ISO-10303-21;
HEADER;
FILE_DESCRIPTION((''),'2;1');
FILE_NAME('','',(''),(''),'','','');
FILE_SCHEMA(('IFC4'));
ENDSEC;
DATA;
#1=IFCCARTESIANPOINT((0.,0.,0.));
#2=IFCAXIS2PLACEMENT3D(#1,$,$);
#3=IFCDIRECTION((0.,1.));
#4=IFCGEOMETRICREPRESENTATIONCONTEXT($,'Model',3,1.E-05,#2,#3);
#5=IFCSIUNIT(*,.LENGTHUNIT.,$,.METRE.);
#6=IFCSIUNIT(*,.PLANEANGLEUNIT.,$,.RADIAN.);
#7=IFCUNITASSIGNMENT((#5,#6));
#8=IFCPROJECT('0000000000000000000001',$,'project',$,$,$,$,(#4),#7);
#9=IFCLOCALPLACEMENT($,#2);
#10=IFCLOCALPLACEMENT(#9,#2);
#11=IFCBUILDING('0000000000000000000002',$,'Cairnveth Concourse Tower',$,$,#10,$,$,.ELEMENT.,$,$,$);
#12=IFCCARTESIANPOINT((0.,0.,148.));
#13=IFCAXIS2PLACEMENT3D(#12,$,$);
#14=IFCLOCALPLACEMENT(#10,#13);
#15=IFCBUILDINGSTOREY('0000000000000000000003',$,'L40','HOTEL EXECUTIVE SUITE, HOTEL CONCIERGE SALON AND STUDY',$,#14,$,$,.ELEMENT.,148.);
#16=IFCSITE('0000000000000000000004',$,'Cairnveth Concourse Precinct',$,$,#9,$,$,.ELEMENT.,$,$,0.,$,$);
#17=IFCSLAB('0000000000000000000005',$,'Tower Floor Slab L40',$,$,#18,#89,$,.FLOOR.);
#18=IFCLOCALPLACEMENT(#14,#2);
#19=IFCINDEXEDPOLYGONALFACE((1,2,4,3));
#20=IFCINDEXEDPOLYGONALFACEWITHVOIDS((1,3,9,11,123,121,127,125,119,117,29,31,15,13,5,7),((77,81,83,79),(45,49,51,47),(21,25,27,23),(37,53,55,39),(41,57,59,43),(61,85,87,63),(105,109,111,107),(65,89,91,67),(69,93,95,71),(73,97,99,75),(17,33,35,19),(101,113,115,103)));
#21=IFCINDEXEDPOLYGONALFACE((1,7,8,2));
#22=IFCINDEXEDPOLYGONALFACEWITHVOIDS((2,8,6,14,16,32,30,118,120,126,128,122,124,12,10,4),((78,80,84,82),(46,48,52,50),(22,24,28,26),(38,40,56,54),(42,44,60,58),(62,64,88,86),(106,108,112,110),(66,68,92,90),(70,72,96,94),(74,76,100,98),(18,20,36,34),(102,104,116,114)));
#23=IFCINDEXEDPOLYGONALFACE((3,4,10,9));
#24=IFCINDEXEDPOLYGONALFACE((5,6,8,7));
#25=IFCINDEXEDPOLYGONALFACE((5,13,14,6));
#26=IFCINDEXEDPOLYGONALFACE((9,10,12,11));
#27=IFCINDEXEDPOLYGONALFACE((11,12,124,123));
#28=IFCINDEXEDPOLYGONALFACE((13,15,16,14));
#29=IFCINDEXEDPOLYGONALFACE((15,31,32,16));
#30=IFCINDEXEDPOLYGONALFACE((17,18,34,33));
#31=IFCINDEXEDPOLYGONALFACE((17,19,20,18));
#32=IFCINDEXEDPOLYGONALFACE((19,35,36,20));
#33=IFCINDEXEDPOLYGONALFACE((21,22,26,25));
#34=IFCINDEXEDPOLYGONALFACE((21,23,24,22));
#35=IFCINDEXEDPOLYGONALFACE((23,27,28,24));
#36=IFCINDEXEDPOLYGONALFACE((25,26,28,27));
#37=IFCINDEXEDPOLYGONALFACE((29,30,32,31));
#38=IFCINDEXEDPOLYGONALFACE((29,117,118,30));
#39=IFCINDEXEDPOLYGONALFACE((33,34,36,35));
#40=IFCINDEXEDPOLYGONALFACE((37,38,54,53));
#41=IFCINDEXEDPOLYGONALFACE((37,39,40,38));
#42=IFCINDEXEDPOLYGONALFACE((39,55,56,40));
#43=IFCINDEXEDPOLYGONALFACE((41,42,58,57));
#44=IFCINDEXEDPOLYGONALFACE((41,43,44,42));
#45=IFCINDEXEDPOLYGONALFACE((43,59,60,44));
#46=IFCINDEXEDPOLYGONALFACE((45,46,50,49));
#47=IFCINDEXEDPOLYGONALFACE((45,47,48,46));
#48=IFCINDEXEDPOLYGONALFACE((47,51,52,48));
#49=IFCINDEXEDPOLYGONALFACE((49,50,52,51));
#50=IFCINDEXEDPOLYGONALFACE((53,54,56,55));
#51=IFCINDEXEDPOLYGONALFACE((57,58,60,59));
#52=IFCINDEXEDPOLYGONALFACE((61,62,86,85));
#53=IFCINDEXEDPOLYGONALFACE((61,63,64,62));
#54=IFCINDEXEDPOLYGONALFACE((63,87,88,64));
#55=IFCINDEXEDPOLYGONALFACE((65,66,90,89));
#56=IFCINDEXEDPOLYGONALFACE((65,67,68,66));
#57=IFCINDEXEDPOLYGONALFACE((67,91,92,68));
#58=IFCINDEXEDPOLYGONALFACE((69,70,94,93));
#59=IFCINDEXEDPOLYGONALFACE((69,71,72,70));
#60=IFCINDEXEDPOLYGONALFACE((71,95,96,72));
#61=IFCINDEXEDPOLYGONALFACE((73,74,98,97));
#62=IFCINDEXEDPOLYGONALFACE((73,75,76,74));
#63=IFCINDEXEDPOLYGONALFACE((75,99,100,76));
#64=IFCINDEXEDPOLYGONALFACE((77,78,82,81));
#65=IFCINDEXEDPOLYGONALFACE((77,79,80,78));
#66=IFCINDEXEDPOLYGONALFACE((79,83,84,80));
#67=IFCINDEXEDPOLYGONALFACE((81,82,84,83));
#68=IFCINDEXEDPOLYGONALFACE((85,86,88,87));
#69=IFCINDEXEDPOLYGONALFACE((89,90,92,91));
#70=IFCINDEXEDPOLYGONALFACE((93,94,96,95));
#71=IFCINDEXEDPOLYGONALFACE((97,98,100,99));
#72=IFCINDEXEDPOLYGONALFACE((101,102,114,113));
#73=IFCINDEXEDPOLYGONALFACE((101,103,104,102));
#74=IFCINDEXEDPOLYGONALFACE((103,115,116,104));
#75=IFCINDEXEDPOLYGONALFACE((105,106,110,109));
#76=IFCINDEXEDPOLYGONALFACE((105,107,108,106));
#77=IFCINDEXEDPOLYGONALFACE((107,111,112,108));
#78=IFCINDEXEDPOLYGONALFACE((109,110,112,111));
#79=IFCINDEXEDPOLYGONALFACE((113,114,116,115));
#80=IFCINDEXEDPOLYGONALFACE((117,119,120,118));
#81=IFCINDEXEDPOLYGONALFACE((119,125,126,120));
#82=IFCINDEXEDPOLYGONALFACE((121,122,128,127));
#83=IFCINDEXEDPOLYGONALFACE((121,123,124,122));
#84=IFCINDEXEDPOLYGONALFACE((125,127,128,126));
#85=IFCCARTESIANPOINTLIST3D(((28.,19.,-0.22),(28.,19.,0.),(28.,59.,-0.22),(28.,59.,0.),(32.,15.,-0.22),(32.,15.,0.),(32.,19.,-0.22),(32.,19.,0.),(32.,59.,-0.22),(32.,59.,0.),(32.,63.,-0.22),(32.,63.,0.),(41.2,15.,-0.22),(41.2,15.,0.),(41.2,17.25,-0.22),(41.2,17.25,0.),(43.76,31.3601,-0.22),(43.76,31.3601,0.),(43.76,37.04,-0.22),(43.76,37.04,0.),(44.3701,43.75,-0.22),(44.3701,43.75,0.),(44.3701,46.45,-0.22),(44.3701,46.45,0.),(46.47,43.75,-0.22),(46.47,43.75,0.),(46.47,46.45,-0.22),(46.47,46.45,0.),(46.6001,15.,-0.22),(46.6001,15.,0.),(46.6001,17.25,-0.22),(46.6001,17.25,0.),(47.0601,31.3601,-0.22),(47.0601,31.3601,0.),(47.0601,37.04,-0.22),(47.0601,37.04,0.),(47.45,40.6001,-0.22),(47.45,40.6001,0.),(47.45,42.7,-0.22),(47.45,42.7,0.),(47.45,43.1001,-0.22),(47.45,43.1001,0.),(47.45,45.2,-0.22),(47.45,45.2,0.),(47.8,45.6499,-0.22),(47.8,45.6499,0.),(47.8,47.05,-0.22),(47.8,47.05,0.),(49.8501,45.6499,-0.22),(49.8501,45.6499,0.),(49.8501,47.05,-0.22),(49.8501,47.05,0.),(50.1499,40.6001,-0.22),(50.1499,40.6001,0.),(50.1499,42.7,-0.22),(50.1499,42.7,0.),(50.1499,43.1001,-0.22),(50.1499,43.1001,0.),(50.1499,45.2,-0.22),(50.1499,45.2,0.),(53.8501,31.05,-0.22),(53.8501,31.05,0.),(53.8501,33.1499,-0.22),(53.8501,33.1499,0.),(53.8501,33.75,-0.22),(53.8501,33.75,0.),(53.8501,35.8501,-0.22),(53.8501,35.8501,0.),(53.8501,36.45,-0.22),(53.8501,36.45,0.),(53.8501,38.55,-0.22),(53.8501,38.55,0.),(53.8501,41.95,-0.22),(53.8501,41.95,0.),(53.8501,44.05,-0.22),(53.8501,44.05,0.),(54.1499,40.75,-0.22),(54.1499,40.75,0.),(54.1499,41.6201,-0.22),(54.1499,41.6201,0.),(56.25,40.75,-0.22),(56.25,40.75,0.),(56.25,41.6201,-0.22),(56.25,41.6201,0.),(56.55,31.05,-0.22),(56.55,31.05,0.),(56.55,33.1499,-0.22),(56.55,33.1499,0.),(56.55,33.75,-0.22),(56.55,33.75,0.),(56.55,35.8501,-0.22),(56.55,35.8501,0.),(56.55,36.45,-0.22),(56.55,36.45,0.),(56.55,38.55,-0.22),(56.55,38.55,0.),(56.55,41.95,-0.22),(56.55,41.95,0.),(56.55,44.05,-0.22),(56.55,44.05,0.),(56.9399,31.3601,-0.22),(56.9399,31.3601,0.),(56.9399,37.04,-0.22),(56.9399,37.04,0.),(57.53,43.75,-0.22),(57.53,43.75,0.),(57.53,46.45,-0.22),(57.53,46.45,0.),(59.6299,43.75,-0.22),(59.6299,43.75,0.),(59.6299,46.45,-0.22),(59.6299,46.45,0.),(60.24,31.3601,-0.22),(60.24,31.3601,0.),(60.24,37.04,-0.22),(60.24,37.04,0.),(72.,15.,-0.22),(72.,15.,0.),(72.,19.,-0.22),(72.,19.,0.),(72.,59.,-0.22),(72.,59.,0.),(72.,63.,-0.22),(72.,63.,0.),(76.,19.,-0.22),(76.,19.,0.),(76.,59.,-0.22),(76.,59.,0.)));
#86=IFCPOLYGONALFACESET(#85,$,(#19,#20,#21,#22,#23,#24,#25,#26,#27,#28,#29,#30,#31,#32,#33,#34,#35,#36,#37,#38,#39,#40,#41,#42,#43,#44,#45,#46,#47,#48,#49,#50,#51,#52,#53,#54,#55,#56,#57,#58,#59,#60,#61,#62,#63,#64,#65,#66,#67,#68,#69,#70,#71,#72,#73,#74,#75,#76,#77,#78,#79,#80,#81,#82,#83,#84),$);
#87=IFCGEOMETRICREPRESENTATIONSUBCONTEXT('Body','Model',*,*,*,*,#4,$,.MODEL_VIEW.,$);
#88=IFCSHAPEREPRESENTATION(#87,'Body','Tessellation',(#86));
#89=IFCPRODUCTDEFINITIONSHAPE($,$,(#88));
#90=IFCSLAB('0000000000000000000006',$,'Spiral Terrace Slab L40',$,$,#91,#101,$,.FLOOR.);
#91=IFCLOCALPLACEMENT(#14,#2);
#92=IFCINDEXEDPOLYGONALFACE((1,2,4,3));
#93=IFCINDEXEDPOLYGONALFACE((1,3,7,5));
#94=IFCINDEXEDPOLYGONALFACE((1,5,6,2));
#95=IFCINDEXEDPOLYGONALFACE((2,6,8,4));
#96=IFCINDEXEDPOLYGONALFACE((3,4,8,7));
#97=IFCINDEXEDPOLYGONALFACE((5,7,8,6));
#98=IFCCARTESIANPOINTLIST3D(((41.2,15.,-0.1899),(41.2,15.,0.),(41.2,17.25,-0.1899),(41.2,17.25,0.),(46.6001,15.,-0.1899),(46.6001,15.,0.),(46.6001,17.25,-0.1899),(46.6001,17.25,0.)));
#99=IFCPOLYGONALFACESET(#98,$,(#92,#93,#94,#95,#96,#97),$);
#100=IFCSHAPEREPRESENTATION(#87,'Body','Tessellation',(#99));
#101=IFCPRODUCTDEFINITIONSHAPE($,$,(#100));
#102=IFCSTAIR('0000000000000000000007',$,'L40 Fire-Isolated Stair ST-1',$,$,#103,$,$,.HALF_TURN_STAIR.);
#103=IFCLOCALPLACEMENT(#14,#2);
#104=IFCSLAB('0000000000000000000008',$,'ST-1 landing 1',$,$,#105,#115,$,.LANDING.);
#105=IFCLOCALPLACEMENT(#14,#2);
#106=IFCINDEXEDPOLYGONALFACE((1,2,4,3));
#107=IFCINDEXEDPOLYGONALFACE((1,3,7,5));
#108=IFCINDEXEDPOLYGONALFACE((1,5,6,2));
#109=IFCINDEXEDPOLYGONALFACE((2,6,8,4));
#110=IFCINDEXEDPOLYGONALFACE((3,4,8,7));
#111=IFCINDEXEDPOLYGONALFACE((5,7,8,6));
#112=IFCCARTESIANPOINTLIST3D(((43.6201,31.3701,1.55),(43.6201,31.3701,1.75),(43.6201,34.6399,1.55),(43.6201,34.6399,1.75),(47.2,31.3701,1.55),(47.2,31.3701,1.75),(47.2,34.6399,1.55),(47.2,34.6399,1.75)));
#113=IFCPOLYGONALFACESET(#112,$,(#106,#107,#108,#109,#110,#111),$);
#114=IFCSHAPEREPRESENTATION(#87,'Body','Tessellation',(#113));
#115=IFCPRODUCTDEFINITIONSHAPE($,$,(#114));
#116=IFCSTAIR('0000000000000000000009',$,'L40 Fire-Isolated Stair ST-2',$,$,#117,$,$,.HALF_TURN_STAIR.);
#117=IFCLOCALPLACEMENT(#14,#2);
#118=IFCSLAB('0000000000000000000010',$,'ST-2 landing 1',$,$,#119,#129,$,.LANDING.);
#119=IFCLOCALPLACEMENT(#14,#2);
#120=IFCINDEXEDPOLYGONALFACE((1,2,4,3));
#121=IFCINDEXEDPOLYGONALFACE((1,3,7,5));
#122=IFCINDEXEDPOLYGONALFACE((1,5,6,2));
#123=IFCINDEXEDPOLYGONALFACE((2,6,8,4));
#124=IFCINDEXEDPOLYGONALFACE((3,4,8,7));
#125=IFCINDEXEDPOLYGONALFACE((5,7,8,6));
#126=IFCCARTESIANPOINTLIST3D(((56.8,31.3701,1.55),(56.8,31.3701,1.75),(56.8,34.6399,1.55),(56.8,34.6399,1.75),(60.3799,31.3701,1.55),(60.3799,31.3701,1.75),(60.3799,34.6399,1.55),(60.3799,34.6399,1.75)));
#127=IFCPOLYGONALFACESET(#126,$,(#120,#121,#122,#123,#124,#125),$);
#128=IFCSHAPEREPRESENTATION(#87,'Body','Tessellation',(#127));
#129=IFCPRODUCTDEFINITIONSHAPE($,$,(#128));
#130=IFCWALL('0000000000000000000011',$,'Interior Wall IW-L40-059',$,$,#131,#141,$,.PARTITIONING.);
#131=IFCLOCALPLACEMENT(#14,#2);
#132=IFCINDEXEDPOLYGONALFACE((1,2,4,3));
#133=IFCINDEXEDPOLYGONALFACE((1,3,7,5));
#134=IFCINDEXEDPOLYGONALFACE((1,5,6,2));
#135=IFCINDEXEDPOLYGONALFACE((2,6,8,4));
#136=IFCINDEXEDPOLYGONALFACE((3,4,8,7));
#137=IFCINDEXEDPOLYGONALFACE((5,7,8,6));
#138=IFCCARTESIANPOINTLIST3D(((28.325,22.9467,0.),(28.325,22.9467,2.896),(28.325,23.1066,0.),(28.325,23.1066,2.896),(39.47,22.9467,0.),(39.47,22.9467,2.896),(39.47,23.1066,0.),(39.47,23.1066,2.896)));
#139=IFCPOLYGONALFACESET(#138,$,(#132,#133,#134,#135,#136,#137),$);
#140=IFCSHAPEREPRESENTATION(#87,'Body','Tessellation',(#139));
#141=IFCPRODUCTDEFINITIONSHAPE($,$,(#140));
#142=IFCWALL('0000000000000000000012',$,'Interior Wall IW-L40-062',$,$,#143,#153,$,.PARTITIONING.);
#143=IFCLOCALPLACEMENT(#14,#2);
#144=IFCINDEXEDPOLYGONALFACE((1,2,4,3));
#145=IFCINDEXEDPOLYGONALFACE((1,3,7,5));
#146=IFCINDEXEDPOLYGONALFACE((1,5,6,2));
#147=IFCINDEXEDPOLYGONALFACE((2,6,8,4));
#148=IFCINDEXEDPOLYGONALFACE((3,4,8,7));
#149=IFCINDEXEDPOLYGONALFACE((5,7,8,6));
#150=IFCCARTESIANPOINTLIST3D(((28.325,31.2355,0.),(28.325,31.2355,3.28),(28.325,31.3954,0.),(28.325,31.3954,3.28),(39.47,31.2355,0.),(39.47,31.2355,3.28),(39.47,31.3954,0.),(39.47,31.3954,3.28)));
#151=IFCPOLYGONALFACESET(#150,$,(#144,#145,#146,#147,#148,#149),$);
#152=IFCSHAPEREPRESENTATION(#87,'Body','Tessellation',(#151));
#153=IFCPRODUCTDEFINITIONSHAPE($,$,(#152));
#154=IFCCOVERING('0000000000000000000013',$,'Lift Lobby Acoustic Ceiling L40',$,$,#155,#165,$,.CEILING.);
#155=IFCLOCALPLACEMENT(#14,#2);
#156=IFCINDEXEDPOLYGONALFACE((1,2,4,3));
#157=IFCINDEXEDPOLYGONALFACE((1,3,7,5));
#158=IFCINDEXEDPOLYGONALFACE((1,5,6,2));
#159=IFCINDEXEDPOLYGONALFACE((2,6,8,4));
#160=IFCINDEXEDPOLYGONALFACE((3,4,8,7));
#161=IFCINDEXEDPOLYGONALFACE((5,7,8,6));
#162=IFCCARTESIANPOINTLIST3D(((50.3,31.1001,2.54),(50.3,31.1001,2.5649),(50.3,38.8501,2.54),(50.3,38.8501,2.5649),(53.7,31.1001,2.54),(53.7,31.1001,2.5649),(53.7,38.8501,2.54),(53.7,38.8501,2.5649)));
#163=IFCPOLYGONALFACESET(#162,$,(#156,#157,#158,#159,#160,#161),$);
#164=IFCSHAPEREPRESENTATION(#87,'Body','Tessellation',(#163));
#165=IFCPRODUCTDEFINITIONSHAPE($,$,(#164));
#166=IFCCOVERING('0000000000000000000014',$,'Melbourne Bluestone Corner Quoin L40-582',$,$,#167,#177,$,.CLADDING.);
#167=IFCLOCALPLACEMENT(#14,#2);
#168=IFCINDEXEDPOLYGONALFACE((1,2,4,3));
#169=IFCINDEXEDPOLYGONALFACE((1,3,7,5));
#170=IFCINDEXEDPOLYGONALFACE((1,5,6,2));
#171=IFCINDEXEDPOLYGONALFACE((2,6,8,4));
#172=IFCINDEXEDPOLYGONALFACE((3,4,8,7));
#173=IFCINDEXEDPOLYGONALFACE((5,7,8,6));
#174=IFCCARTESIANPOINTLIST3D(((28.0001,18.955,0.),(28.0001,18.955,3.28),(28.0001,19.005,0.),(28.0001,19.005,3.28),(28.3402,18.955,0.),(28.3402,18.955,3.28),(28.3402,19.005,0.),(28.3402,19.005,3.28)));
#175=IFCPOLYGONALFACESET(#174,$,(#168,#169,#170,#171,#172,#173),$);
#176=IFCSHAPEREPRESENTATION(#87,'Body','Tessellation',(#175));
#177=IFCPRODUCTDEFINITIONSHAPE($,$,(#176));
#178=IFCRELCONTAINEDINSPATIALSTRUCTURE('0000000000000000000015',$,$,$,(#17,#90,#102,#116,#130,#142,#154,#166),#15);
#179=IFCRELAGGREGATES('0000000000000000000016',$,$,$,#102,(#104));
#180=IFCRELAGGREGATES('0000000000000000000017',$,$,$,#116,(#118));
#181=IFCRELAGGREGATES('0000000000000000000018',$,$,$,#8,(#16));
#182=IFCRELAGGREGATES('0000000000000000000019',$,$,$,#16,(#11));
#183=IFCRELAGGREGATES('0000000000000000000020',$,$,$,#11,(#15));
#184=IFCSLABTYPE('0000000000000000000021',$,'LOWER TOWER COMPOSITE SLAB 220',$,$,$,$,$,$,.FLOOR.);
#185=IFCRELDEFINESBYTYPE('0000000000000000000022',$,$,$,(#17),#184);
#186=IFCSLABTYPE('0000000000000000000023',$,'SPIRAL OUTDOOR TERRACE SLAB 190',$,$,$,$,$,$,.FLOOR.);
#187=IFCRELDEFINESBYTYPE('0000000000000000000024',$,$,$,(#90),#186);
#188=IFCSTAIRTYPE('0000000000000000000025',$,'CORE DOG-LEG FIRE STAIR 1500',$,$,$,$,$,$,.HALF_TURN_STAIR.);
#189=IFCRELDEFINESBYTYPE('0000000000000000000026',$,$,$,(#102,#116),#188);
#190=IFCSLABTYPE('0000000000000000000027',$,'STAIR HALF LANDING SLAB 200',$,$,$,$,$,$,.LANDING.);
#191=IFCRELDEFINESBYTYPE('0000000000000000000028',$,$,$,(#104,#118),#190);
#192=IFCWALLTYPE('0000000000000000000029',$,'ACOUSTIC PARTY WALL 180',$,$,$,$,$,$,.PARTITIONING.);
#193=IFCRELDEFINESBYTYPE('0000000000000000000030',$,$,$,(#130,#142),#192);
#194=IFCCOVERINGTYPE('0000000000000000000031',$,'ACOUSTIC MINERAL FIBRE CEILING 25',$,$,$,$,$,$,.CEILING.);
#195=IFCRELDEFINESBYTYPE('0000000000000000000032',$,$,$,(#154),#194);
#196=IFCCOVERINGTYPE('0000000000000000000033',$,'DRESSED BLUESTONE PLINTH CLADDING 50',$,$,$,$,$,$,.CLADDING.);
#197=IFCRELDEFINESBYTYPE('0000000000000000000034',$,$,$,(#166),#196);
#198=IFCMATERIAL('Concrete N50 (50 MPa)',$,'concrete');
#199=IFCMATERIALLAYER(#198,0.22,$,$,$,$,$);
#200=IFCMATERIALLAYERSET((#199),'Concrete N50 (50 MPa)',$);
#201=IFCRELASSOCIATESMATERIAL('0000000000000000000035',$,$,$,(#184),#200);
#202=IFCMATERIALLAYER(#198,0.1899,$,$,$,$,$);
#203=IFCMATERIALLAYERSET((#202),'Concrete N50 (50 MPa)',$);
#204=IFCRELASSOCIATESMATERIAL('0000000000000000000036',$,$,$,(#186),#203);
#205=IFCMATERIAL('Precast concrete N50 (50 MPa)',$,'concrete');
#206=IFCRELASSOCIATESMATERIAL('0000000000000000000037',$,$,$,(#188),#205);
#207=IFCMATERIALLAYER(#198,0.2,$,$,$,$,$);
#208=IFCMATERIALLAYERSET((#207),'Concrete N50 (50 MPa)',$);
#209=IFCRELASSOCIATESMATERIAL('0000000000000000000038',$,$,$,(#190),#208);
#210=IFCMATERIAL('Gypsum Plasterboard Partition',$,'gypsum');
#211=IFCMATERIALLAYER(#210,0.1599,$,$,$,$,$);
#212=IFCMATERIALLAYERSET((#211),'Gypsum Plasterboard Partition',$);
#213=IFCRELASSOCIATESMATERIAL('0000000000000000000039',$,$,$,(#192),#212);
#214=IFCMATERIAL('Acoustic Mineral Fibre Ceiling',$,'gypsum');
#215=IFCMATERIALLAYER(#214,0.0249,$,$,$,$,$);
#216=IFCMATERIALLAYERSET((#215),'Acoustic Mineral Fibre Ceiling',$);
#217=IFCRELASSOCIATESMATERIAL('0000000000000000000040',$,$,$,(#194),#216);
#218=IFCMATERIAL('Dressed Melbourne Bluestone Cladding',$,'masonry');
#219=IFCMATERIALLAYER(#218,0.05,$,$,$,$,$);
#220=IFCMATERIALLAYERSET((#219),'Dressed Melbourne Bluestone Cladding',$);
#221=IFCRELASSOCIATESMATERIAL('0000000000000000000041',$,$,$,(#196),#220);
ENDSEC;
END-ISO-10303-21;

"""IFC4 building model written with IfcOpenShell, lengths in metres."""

from ifc_helpers import new_model, si_unit, direction, frame, frame_2d, origin, place, context, subcontext, project, spatial, polyline, rectangle, outline, extrude, material, layer, layer_set, type_object, element, aggregate, save


model = new_model("IFC4")

# Units and contexts
model_context = context("Model", 3, precision=1e-05, world=origin(), true_north=direction((0.0, 1.0)))
body_context = subcontext(model_context, "Body", "Model", "MODEL_VIEW")
ifc_project = project(units=[si_unit("LENGTHUNIT", "METRE"), si_unit("PLANEANGLEUNIT", "RADIAN")], contexts=[model_context])

# Site, building, storey
site_placement = place(None, origin())
site = spatial("IfcSite", under=ifc_project, at=site_placement, Name="Cairnveth Concourse Precinct", CompositionType="ELEMENT", RefElevation=0.0)
building_placement = place(site_placement, origin())
building = spatial("IfcBuilding", under=site, at=building_placement, Name="Cairnveth Concourse Tower", CompositionType="ELEMENT")
storey_placement = place(building_placement, frame((0.0, 0.0, 148.0)))
storey = spatial("IfcBuildingStorey", under=building, at=storey_placement, Name="L40", Description="HOTEL EXECUTIVE SUITE, HOTEL CONCIERGE SALON AND STUDY", CompositionType="ELEMENT", Elevation=148.0)

# Slabs
ifc_material_1 = material(Name="Concrete N50 (50 MPa)", Category="concrete")
ifc_layer_1 = layer(ifc_material_1, 0.22)
ifc_layer_set_1 = layer_set([ifc_layer_1], Name="Concrete N50 (50 MPa)")
slab_type_1 = type_object("IfcSlabType", Name="LOWER TOWER COMPOSITE SLAB 220", PredefinedType="FLOOR", material=ifc_layer_set_1)
slab_1_placement = place(storey_placement, frame((0.0, 0.0, -0.22)))
element("IfcSlab", 1, at=slab_1_placement, inside=storey, type_object=slab_type_1, Name="Tower Floor Slab L40", PredefinedType="FLOOR", context=body_context, shape_type="SweptSolid", body=[
    extrude(outline(polyline([(41.2, 15.0), (41.2, 17.25), (46.6001, 17.25), (46.6001, 15.0), (72.0, 15.0), (72.0, 19.0), (76.0, 19.0), (76.0, 59.0), (72.0, 59.0), (72.0, 63.0), (32.0, 63.0), (32.0, 59.0), (28.0, 59.0), (28.0, 19.0), (32.0, 19.0), (32.0, 15.0), (41.2, 15.0)]), holes=[polyline([(43.76, 31.3601), (47.0601, 31.3601), (47.0601, 37.04), (43.76, 37.04), (43.76, 31.3601)]), polyline([(56.9399, 31.3601), (60.24, 31.3601), (60.24, 37.04), (56.9399, 37.04), (56.9399, 31.3601)]), polyline([(44.3701, 43.75), (46.47, 43.75), (46.47, 46.45), (44.3701, 46.45), (44.3701, 43.75)]), polyline([(57.53, 43.75), (59.6299, 43.75), (59.6299, 46.45), (57.53, 46.45), (57.53, 43.75)]), polyline([(53.8501, 31.05), (56.55, 31.05), (56.55, 33.1499), (53.8501, 33.1499), (53.8501, 31.05)]), polyline([(53.8501, 33.75), (56.55, 33.75), (56.55, 35.8501), (53.8501, 35.8501), (53.8501, 33.75)]), polyline([(53.8501, 36.45), (56.55, 36.45), (56.55, 38.55), (53.8501, 38.55), (53.8501, 36.45)]), polyline([(47.45, 40.6001), (50.1499, 40.6001), (50.1499, 42.7), (47.45, 42.7), (47.45, 40.6001)]), polyline([(47.45, 43.1001), (50.1499, 43.1001), (50.1499, 45.2), (47.45, 45.2), (47.45, 43.1001)]), polyline([(53.8501, 41.95), (56.55, 41.95), (56.55, 44.05), (53.8501, 44.05), (53.8501, 41.95)]), polyline([(47.8, 45.6499), (49.8501, 45.6499), (49.8501, 47.05), (47.8, 47.05), (47.8, 45.6499)]), polyline([(54.1499, 40.75), (56.25, 40.75), (56.25, 41.6201), (54.1499, 41.6201), (54.1499, 40.75)])]), origin(), (0.0, 0.0, 1.0), 0.22),
])
ifc_layer_2 = layer(ifc_material_1, 0.1899)
ifc_layer_set_2 = layer_set([ifc_layer_2], Name="Concrete N50 (50 MPa)")
slab_type_2 = type_object("IfcSlabType", Name="SPIRAL OUTDOOR TERRACE SLAB 190", PredefinedType="FLOOR", material=ifc_layer_set_2)
slab_2_placement = place(storey_placement, frame((0.0, 0.0, -0.1899)))
element("IfcSlab", 2, at=slab_2_placement, inside=storey, type_object=slab_type_2, Name="Spiral Terrace Slab L40", PredefinedType="FLOOR", context=body_context, shape_type="SweptSolid", body=[
    extrude(outline(polyline([(41.2, 15.0), (46.6001, 15.0), (46.6001, 17.25), (41.2, 17.25), (41.2, 15.0)])), origin(), (0.0, 0.0, 1.0), 0.1899),
])

# Stairs, slabs
ifc_material_2 = material(Name="Precast concrete N50 (50 MPa)", Category="concrete")
stair_type = type_object("IfcStairType", Name="CORE DOG-LEG FIRE STAIR 1500", PredefinedType="HALF_TURN_STAIR", material=ifc_material_2)
stair_1_placement = place(storey_placement, origin())
stair_1 = element("IfcStair", 3, at=stair_1_placement, inside=storey, type_object=stair_type, Name="L40 Fire-Isolated Stair ST-1", PredefinedType="HALF_TURN_STAIR")
ifc_layer_3 = layer(ifc_material_1, 0.2)
ifc_layer_set_3 = layer_set([ifc_layer_3], Name="Concrete N50 (50 MPa)")
slab_type_3 = type_object("IfcSlabType", Name="STAIR HALF LANDING SLAB 200", PredefinedType="LANDING", material=ifc_layer_set_3)
slab_3_placement = place(storey_placement, frame((0.0, 0.0, 1.55)))
slab_3 = element("IfcSlab", 4, at=slab_3_placement, type_object=slab_type_3, Name="ST-1 landing 1", PredefinedType="LANDING", context=body_context, shape_type="SweptSolid", body=[
    extrude(outline(polyline([(43.6201, 34.6399), (43.6201, 31.3701), (47.2, 31.3701), (47.2, 34.6399), (43.6201, 34.6399)])), origin(), (0.0, 0.0, 1.0), 0.2),
])
aggregate(stair_1, [slab_3])
stair_2_placement = place(storey_placement, origin())
stair_2 = element("IfcStair", 5, at=stair_2_placement, inside=storey, type_object=stair_type, Name="L40 Fire-Isolated Stair ST-2", PredefinedType="HALF_TURN_STAIR")
slab_4_placement = place(storey_placement, frame((0.0, 0.0, 1.55)))
slab_4 = element("IfcSlab", 6, at=slab_4_placement, type_object=slab_type_3, Name="ST-2 landing 1", PredefinedType="LANDING", context=body_context, shape_type="SweptSolid", body=[
    extrude(outline(polyline([(56.8, 34.6399), (56.8, 31.3701), (60.3799, 31.3701), (60.3799, 34.6399), (56.8, 34.6399)])), origin(), (0.0, 0.0, 1.0), 0.2),
])
aggregate(stair_2, [slab_4])

# Walls
ifc_material_3 = material(Name="Gypsum Plasterboard Partition", Category="gypsum")
ifc_layer_4 = layer(ifc_material_3, 0.1599)
ifc_layer_set_4 = layer_set([ifc_layer_4], Name="Gypsum Plasterboard Partition")
wall_type_1 = type_object("IfcWallType", Name="ACOUSTIC PARTY WALL 180", PredefinedType="PARTITIONING", material=ifc_layer_set_4)
wall_1_placement = place(storey_placement, frame((28.325, 23.0266, 0.0), z_axis=(0.0, 0.0, 1.0), x_axis=(1.0, 0.0, 0.0)))
element("IfcWall", 7, at=wall_1_placement, inside=storey, type_object=wall_type_1, Name="Interior Wall IW-L40-059", PredefinedType="PARTITIONING", context=body_context, shape_type="SweptSolid", body=[
    extrude(rectangle(XDim=11.145, YDim=0.1599, at=frame_2d((5.5725, 0.0))), origin(), (0.0, 0.0, 1.0), 2.896),
])
wall_2_placement = place(storey_placement, frame((28.325, 31.3154, 0.0), z_axis=(0.0, 0.0, 1.0), x_axis=(1.0, 0.0, 0.0)))
element("IfcWall", 8, at=wall_2_placement, inside=storey, type_object=wall_type_1, Name="Interior Wall IW-L40-062", PredefinedType="PARTITIONING", context=body_context, shape_type="SweptSolid", body=[
    extrude(rectangle(XDim=11.145, YDim=0.1599, at=frame_2d((5.5725, 0.0))), origin(), (0.0, 0.0, 1.0), 3.28),
])

# Coverings
ifc_material_4 = material(Name="Acoustic Mineral Fibre Ceiling", Category="gypsum")
ifc_layer_5 = layer(ifc_material_4, 0.0249)
ifc_layer_set_5 = layer_set([ifc_layer_5], Name="Acoustic Mineral Fibre Ceiling")
covering_type_1 = type_object("IfcCoveringType", Name="ACOUSTIC MINERAL FIBRE CEILING 25", PredefinedType="CEILING", material=ifc_layer_set_5)
covering_1_placement = place(storey_placement, frame((0.0, 0.0, 2.54)))
element("IfcCovering", 9, at=covering_1_placement, inside=storey, type_object=covering_type_1, Name="Lift Lobby Acoustic Ceiling L40", PredefinedType="CEILING", context=body_context, shape_type="SweptSolid", body=[
    extrude(outline(polyline([(50.3, 31.1001), (53.7, 31.1001), (53.7, 38.8501), (50.3, 38.8501), (50.3, 31.1001)])), origin(), (0.0, 0.0, 1.0), 0.0249),
])
ifc_material_5 = material(Name="Dressed Melbourne Bluestone Cladding", Category="masonry")
ifc_layer_6 = layer(ifc_material_5, 0.05)
ifc_layer_set_6 = layer_set([ifc_layer_6], Name="Dressed Melbourne Bluestone Cladding")
covering_type_2 = type_object("IfcCoveringType", Name="DRESSED BLUESTONE PLINTH CLADDING 50", PredefinedType="CLADDING", material=ifc_layer_set_6)
covering_2_placement = place(storey_placement, frame((28.3401, 18.98, 0.0), z_axis=(0.0, 0.0, 1.0), x_axis=(-1.0, 0.0, 0.0)))
element("IfcCovering", 10, at=covering_2_placement, inside=storey, type_object=covering_type_2, Name="Melbourne Bluestone Corner Quoin L40-582", PredefinedType="CLADDING", context=body_context, shape_type="SweptSolid", body=[
    extrude(rectangle(XDim=0.3401, YDim=0.05, at=frame_2d((0.1699, 0.0))), origin(), (0.0, 0.0, 1.0), 3.28),
])

save(model, "model.ifc")
